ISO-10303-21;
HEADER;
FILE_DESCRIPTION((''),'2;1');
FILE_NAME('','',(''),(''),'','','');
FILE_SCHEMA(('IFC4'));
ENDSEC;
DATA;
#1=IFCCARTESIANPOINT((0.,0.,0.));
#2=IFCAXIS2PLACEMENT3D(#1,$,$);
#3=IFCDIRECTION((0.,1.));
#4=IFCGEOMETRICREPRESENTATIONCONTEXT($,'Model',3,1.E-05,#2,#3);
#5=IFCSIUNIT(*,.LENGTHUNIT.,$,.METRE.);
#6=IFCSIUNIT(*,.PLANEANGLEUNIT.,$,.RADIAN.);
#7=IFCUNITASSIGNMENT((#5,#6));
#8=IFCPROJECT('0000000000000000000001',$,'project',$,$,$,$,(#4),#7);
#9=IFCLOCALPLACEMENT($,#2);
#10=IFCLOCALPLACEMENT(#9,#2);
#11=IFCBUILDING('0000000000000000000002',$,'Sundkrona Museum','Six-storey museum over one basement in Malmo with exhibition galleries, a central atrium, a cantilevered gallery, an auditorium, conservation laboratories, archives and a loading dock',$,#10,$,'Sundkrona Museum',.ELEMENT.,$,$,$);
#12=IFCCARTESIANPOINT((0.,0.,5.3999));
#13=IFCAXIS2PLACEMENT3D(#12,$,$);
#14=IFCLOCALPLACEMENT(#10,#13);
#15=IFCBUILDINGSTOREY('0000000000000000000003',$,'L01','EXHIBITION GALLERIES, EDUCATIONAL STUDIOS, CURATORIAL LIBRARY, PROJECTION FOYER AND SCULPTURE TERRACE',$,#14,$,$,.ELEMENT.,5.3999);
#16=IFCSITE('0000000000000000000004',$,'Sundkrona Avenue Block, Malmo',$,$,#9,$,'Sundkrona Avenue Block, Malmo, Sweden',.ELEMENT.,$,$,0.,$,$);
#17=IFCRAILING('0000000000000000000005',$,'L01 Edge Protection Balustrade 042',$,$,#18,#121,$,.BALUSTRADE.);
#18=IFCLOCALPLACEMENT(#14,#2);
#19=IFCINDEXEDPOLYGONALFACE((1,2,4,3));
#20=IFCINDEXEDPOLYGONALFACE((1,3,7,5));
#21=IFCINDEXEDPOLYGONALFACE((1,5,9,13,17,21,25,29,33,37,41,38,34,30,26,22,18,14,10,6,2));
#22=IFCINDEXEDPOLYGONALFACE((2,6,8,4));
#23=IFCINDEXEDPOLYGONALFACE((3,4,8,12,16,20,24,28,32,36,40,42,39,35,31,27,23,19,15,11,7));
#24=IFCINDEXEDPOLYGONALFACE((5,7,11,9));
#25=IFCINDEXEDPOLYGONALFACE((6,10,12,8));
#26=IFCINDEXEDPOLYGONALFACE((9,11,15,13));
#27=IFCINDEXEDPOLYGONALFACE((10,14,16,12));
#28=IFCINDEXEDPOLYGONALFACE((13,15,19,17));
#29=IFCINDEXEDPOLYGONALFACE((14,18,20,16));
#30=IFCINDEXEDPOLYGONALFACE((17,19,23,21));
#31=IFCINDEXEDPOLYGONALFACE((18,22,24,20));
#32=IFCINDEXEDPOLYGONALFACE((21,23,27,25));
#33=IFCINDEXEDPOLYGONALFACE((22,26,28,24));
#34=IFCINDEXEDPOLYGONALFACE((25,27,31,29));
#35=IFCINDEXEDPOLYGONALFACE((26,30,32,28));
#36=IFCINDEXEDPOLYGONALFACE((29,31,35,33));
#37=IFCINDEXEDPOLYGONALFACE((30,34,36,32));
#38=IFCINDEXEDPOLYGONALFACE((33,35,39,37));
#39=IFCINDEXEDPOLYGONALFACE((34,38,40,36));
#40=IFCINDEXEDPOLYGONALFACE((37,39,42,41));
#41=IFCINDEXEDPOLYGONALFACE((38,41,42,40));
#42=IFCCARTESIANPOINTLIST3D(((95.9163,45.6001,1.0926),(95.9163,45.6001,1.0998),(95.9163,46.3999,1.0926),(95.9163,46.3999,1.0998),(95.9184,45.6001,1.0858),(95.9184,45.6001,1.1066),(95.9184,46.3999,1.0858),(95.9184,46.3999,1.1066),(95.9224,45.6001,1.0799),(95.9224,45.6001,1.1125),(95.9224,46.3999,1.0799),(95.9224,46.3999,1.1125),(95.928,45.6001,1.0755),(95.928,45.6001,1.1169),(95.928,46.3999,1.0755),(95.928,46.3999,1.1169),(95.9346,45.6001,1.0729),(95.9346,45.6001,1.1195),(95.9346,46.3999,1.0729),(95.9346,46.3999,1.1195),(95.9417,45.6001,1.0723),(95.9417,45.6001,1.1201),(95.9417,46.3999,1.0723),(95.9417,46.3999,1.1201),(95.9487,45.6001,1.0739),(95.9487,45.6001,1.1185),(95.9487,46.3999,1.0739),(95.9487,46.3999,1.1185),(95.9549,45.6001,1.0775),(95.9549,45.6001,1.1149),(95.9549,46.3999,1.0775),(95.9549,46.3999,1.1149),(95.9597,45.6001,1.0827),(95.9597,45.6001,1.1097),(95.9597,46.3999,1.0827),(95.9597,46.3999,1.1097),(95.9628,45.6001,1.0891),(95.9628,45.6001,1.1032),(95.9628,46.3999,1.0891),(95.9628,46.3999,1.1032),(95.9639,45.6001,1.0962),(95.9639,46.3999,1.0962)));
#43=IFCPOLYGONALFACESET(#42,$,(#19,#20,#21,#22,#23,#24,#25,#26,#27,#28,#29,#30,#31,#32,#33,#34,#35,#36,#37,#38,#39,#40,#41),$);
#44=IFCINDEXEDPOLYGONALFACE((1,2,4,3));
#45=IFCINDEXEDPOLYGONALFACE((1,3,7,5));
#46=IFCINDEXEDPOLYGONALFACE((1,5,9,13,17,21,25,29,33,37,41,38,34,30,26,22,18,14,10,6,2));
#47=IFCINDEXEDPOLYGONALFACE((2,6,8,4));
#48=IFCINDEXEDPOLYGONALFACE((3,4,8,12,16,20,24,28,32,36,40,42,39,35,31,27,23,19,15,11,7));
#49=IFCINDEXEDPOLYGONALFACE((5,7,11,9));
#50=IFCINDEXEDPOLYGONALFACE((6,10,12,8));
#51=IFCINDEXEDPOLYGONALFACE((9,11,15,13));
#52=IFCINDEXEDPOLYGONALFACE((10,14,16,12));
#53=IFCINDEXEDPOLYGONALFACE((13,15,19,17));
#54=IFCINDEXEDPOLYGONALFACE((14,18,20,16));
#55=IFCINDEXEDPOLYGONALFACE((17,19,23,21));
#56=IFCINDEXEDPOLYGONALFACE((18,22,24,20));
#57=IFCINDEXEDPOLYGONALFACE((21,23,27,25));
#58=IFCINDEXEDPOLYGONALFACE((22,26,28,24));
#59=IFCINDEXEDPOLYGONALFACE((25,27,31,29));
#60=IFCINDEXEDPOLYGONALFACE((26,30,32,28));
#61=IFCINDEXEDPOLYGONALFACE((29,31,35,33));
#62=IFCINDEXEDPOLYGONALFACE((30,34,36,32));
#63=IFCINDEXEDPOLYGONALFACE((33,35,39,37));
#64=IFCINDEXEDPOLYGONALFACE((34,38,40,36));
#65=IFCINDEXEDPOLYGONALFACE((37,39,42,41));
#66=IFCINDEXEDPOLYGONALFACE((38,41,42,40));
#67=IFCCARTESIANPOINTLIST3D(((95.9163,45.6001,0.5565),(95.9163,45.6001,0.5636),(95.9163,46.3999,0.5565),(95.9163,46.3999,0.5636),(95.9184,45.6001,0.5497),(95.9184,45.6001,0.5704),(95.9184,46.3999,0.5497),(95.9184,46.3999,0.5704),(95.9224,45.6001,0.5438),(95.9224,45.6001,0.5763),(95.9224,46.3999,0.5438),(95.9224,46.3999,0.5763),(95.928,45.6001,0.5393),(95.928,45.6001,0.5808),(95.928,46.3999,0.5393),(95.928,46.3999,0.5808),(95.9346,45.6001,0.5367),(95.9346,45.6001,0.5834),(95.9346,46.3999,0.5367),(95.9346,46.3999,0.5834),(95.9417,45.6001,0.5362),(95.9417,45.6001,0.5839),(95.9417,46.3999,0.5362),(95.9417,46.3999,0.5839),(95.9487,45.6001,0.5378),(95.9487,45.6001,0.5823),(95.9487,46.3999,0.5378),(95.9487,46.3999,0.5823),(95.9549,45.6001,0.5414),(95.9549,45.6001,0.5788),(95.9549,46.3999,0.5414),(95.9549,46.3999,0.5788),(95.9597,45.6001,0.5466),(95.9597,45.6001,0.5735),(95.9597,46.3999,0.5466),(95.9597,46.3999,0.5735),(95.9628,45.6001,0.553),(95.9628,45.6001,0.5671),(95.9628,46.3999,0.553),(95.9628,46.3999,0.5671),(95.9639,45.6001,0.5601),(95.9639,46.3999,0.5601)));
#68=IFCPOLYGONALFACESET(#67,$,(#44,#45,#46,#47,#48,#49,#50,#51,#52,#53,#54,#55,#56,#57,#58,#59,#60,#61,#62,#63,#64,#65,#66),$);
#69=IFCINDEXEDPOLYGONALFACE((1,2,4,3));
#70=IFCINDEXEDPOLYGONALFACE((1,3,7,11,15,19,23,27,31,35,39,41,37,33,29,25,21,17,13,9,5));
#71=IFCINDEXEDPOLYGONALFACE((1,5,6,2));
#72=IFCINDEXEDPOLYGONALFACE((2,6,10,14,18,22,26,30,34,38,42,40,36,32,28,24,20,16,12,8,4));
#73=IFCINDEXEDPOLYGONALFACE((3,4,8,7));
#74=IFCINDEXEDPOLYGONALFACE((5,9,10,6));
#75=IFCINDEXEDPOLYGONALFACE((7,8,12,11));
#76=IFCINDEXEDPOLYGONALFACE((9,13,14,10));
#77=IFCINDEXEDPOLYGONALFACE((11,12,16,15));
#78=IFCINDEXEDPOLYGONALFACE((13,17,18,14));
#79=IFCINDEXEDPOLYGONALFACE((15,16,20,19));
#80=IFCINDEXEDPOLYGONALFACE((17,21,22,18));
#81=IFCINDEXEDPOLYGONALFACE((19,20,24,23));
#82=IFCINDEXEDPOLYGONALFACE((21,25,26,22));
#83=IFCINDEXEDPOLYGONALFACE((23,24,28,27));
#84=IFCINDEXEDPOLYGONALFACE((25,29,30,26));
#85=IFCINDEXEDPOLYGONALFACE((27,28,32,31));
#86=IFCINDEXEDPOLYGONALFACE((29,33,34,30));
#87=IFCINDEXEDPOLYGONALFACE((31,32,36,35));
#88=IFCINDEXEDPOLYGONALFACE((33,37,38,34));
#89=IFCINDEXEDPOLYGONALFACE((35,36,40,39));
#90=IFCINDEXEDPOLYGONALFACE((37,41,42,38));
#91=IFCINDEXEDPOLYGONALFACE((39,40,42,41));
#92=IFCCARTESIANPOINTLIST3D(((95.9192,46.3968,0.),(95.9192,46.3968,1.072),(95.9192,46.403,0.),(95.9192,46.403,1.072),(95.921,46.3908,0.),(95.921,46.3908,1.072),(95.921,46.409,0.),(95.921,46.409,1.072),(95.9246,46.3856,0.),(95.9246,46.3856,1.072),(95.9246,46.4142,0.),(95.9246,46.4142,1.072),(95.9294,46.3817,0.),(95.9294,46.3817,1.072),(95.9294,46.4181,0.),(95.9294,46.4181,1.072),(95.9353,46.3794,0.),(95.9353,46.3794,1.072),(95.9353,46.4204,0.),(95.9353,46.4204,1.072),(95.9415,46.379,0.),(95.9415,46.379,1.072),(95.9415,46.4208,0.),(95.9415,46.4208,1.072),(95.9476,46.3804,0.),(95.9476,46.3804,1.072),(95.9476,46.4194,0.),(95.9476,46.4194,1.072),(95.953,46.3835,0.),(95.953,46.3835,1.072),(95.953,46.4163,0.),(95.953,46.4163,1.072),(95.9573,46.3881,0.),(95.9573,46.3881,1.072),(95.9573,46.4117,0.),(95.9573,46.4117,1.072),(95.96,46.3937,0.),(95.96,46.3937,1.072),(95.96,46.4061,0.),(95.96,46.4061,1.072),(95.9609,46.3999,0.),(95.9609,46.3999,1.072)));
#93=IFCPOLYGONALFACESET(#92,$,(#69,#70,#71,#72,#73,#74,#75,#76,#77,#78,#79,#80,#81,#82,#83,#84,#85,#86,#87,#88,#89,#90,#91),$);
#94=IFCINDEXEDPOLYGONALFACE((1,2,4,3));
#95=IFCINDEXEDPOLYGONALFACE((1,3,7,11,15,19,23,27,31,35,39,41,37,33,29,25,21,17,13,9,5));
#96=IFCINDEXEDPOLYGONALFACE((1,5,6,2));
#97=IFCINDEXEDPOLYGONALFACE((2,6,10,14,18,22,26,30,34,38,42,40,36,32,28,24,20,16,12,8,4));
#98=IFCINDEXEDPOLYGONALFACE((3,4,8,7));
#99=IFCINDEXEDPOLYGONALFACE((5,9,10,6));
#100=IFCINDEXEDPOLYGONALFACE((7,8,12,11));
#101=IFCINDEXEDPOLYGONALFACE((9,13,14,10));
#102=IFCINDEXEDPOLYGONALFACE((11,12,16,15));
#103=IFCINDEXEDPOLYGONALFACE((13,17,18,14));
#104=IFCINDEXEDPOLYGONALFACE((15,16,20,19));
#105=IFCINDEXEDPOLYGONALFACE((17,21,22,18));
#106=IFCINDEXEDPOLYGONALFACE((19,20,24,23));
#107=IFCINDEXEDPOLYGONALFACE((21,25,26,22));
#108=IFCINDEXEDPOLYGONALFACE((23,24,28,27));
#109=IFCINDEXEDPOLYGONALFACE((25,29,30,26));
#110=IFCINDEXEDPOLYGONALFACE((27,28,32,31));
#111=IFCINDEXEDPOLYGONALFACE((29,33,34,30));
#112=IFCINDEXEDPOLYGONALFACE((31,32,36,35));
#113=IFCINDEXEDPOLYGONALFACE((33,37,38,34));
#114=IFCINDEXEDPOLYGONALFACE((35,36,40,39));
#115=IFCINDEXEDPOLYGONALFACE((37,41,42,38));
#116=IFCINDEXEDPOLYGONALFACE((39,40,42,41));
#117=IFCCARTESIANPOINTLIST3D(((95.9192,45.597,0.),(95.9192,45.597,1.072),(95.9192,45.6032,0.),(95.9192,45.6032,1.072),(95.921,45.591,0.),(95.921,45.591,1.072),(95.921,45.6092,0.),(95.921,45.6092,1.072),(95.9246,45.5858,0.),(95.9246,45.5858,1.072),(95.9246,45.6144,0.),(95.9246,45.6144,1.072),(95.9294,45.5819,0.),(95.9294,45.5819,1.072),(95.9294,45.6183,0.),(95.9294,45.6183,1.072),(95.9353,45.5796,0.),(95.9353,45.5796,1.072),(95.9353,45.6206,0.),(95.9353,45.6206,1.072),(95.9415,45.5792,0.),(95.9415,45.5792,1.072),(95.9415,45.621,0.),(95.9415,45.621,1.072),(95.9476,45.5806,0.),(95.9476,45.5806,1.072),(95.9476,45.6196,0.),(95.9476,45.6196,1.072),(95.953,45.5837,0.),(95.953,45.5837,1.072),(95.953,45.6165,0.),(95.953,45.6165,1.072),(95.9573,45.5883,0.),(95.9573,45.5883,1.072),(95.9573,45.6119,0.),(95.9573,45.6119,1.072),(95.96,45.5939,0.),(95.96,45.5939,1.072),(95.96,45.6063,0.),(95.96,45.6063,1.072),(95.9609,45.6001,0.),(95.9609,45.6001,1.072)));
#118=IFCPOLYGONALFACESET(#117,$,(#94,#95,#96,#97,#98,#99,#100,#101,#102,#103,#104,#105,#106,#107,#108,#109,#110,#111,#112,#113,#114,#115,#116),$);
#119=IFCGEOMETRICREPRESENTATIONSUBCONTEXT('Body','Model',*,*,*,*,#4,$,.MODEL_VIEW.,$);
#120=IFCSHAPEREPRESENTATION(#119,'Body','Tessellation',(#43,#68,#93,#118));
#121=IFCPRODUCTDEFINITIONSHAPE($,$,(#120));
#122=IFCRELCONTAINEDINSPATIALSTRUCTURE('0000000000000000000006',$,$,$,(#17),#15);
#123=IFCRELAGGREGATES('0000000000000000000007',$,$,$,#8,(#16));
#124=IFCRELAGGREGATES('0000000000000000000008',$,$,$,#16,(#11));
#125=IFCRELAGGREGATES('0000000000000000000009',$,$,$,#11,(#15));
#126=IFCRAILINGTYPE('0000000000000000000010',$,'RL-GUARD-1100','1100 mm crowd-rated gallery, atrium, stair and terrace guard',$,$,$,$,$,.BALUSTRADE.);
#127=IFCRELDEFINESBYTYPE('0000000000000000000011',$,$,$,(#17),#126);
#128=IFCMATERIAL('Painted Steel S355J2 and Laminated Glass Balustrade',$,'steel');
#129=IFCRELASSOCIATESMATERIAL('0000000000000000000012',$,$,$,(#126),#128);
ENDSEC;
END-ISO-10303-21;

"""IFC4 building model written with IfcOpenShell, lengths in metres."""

from ifc_helpers import new_model, si_unit, direction, frame, origin, origin_2d, place, context, subcontext, project, spatial, circle, extrude, material, type_object, element, save


model = new_model("IFC4")

# Units and contexts
model_context = context("Model", 3, precision=1e-05, world=origin(), true_north=direction((0.0, 1.0)))
body_context = subcontext(model_context, "Body", "Model", "MODEL_VIEW")
ifc_project = project(units=[si_unit("LENGTHUNIT", "METRE"), si_unit("PLANEANGLEUNIT", "RADIAN")], contexts=[model_context])

# Site, building, storey
site_placement = place(None, origin())
site = spatial("IfcSite", under=ifc_project, at=site_placement, Name="Sundkrona Avenue Block, Malmo", LongName="Sundkrona Avenue Block, Malmo, Sweden", CompositionType="ELEMENT", RefElevation=0.0)
building_placement = place(site_placement, origin())
building = spatial("IfcBuilding", under=site, at=building_placement, Name="Sundkrona Museum", Description="Six-storey museum over one basement in Malmo with exhibition galleries, a central atrium, a cantilevered gallery, an auditorium, conservation laboratories, archives and a loading dock", LongName="Sundkrona Museum", CompositionType="ELEMENT")
storey_placement = place(building_placement, frame((0.0, 0.0, 5.3999)))
storey = spatial("IfcBuildingStorey", under=building, at=storey_placement, Name="L01", Description="EXHIBITION GALLERIES, EDUCATIONAL STUDIOS, CURATORIAL LIBRARY, PROJECTION FOYER AND SCULPTURE TERRACE", CompositionType="ELEMENT", Elevation=5.3999)

# Railing
ifc_material_1 = material(Name="Painted Steel S355J2 and Laminated Glass Balustrade", Category="steel")
railing_type = type_object("IfcRailingType", Name="RL-GUARD-1100", Description="1100 mm crowd-rated gallery, atrium, stair and terrace guard", PredefinedType="BALUSTRADE", material=ifc_material_1)
railing_1_placement = place(storey_placement, frame((95.9399, 46.3999, 0.0)))
element("IfcRailing", 1, at=railing_1_placement, inside=storey, type_object=railing_type, Name="L01 Edge Protection Balustrade 042", PredefinedType="BALUSTRADE", context=body_context, shape_type="SweptSolid", body=[
    extrude(circle(Radius=0.0239, at=origin_2d()), frame((0.0, 0.0, 1.0962), z_axis=(0.0, -1.0, 0.0), x_axis=(1.0, 0.0, 0.0)), (0.0, 0.0, 1.0), 0.7998),
    extrude(circle(Radius=0.0239, at=origin_2d()), frame((0.0, 0.0, 0.5601), z_axis=(0.0, -1.0, 0.0), x_axis=(1.0, 0.0, 0.0)), (0.0, 0.0, 1.0), 0.7998),
    extrude(circle(Radius=0.021, at=origin_2d()), origin(), (0.0, 0.0, 1.0), 1.072),
    extrude(circle(Radius=0.021, at=origin_2d()), frame((0.0, -0.7998, 0.0)), (0.0, 0.0, 1.0), 1.072),
])

save(model, "model.ifc")
